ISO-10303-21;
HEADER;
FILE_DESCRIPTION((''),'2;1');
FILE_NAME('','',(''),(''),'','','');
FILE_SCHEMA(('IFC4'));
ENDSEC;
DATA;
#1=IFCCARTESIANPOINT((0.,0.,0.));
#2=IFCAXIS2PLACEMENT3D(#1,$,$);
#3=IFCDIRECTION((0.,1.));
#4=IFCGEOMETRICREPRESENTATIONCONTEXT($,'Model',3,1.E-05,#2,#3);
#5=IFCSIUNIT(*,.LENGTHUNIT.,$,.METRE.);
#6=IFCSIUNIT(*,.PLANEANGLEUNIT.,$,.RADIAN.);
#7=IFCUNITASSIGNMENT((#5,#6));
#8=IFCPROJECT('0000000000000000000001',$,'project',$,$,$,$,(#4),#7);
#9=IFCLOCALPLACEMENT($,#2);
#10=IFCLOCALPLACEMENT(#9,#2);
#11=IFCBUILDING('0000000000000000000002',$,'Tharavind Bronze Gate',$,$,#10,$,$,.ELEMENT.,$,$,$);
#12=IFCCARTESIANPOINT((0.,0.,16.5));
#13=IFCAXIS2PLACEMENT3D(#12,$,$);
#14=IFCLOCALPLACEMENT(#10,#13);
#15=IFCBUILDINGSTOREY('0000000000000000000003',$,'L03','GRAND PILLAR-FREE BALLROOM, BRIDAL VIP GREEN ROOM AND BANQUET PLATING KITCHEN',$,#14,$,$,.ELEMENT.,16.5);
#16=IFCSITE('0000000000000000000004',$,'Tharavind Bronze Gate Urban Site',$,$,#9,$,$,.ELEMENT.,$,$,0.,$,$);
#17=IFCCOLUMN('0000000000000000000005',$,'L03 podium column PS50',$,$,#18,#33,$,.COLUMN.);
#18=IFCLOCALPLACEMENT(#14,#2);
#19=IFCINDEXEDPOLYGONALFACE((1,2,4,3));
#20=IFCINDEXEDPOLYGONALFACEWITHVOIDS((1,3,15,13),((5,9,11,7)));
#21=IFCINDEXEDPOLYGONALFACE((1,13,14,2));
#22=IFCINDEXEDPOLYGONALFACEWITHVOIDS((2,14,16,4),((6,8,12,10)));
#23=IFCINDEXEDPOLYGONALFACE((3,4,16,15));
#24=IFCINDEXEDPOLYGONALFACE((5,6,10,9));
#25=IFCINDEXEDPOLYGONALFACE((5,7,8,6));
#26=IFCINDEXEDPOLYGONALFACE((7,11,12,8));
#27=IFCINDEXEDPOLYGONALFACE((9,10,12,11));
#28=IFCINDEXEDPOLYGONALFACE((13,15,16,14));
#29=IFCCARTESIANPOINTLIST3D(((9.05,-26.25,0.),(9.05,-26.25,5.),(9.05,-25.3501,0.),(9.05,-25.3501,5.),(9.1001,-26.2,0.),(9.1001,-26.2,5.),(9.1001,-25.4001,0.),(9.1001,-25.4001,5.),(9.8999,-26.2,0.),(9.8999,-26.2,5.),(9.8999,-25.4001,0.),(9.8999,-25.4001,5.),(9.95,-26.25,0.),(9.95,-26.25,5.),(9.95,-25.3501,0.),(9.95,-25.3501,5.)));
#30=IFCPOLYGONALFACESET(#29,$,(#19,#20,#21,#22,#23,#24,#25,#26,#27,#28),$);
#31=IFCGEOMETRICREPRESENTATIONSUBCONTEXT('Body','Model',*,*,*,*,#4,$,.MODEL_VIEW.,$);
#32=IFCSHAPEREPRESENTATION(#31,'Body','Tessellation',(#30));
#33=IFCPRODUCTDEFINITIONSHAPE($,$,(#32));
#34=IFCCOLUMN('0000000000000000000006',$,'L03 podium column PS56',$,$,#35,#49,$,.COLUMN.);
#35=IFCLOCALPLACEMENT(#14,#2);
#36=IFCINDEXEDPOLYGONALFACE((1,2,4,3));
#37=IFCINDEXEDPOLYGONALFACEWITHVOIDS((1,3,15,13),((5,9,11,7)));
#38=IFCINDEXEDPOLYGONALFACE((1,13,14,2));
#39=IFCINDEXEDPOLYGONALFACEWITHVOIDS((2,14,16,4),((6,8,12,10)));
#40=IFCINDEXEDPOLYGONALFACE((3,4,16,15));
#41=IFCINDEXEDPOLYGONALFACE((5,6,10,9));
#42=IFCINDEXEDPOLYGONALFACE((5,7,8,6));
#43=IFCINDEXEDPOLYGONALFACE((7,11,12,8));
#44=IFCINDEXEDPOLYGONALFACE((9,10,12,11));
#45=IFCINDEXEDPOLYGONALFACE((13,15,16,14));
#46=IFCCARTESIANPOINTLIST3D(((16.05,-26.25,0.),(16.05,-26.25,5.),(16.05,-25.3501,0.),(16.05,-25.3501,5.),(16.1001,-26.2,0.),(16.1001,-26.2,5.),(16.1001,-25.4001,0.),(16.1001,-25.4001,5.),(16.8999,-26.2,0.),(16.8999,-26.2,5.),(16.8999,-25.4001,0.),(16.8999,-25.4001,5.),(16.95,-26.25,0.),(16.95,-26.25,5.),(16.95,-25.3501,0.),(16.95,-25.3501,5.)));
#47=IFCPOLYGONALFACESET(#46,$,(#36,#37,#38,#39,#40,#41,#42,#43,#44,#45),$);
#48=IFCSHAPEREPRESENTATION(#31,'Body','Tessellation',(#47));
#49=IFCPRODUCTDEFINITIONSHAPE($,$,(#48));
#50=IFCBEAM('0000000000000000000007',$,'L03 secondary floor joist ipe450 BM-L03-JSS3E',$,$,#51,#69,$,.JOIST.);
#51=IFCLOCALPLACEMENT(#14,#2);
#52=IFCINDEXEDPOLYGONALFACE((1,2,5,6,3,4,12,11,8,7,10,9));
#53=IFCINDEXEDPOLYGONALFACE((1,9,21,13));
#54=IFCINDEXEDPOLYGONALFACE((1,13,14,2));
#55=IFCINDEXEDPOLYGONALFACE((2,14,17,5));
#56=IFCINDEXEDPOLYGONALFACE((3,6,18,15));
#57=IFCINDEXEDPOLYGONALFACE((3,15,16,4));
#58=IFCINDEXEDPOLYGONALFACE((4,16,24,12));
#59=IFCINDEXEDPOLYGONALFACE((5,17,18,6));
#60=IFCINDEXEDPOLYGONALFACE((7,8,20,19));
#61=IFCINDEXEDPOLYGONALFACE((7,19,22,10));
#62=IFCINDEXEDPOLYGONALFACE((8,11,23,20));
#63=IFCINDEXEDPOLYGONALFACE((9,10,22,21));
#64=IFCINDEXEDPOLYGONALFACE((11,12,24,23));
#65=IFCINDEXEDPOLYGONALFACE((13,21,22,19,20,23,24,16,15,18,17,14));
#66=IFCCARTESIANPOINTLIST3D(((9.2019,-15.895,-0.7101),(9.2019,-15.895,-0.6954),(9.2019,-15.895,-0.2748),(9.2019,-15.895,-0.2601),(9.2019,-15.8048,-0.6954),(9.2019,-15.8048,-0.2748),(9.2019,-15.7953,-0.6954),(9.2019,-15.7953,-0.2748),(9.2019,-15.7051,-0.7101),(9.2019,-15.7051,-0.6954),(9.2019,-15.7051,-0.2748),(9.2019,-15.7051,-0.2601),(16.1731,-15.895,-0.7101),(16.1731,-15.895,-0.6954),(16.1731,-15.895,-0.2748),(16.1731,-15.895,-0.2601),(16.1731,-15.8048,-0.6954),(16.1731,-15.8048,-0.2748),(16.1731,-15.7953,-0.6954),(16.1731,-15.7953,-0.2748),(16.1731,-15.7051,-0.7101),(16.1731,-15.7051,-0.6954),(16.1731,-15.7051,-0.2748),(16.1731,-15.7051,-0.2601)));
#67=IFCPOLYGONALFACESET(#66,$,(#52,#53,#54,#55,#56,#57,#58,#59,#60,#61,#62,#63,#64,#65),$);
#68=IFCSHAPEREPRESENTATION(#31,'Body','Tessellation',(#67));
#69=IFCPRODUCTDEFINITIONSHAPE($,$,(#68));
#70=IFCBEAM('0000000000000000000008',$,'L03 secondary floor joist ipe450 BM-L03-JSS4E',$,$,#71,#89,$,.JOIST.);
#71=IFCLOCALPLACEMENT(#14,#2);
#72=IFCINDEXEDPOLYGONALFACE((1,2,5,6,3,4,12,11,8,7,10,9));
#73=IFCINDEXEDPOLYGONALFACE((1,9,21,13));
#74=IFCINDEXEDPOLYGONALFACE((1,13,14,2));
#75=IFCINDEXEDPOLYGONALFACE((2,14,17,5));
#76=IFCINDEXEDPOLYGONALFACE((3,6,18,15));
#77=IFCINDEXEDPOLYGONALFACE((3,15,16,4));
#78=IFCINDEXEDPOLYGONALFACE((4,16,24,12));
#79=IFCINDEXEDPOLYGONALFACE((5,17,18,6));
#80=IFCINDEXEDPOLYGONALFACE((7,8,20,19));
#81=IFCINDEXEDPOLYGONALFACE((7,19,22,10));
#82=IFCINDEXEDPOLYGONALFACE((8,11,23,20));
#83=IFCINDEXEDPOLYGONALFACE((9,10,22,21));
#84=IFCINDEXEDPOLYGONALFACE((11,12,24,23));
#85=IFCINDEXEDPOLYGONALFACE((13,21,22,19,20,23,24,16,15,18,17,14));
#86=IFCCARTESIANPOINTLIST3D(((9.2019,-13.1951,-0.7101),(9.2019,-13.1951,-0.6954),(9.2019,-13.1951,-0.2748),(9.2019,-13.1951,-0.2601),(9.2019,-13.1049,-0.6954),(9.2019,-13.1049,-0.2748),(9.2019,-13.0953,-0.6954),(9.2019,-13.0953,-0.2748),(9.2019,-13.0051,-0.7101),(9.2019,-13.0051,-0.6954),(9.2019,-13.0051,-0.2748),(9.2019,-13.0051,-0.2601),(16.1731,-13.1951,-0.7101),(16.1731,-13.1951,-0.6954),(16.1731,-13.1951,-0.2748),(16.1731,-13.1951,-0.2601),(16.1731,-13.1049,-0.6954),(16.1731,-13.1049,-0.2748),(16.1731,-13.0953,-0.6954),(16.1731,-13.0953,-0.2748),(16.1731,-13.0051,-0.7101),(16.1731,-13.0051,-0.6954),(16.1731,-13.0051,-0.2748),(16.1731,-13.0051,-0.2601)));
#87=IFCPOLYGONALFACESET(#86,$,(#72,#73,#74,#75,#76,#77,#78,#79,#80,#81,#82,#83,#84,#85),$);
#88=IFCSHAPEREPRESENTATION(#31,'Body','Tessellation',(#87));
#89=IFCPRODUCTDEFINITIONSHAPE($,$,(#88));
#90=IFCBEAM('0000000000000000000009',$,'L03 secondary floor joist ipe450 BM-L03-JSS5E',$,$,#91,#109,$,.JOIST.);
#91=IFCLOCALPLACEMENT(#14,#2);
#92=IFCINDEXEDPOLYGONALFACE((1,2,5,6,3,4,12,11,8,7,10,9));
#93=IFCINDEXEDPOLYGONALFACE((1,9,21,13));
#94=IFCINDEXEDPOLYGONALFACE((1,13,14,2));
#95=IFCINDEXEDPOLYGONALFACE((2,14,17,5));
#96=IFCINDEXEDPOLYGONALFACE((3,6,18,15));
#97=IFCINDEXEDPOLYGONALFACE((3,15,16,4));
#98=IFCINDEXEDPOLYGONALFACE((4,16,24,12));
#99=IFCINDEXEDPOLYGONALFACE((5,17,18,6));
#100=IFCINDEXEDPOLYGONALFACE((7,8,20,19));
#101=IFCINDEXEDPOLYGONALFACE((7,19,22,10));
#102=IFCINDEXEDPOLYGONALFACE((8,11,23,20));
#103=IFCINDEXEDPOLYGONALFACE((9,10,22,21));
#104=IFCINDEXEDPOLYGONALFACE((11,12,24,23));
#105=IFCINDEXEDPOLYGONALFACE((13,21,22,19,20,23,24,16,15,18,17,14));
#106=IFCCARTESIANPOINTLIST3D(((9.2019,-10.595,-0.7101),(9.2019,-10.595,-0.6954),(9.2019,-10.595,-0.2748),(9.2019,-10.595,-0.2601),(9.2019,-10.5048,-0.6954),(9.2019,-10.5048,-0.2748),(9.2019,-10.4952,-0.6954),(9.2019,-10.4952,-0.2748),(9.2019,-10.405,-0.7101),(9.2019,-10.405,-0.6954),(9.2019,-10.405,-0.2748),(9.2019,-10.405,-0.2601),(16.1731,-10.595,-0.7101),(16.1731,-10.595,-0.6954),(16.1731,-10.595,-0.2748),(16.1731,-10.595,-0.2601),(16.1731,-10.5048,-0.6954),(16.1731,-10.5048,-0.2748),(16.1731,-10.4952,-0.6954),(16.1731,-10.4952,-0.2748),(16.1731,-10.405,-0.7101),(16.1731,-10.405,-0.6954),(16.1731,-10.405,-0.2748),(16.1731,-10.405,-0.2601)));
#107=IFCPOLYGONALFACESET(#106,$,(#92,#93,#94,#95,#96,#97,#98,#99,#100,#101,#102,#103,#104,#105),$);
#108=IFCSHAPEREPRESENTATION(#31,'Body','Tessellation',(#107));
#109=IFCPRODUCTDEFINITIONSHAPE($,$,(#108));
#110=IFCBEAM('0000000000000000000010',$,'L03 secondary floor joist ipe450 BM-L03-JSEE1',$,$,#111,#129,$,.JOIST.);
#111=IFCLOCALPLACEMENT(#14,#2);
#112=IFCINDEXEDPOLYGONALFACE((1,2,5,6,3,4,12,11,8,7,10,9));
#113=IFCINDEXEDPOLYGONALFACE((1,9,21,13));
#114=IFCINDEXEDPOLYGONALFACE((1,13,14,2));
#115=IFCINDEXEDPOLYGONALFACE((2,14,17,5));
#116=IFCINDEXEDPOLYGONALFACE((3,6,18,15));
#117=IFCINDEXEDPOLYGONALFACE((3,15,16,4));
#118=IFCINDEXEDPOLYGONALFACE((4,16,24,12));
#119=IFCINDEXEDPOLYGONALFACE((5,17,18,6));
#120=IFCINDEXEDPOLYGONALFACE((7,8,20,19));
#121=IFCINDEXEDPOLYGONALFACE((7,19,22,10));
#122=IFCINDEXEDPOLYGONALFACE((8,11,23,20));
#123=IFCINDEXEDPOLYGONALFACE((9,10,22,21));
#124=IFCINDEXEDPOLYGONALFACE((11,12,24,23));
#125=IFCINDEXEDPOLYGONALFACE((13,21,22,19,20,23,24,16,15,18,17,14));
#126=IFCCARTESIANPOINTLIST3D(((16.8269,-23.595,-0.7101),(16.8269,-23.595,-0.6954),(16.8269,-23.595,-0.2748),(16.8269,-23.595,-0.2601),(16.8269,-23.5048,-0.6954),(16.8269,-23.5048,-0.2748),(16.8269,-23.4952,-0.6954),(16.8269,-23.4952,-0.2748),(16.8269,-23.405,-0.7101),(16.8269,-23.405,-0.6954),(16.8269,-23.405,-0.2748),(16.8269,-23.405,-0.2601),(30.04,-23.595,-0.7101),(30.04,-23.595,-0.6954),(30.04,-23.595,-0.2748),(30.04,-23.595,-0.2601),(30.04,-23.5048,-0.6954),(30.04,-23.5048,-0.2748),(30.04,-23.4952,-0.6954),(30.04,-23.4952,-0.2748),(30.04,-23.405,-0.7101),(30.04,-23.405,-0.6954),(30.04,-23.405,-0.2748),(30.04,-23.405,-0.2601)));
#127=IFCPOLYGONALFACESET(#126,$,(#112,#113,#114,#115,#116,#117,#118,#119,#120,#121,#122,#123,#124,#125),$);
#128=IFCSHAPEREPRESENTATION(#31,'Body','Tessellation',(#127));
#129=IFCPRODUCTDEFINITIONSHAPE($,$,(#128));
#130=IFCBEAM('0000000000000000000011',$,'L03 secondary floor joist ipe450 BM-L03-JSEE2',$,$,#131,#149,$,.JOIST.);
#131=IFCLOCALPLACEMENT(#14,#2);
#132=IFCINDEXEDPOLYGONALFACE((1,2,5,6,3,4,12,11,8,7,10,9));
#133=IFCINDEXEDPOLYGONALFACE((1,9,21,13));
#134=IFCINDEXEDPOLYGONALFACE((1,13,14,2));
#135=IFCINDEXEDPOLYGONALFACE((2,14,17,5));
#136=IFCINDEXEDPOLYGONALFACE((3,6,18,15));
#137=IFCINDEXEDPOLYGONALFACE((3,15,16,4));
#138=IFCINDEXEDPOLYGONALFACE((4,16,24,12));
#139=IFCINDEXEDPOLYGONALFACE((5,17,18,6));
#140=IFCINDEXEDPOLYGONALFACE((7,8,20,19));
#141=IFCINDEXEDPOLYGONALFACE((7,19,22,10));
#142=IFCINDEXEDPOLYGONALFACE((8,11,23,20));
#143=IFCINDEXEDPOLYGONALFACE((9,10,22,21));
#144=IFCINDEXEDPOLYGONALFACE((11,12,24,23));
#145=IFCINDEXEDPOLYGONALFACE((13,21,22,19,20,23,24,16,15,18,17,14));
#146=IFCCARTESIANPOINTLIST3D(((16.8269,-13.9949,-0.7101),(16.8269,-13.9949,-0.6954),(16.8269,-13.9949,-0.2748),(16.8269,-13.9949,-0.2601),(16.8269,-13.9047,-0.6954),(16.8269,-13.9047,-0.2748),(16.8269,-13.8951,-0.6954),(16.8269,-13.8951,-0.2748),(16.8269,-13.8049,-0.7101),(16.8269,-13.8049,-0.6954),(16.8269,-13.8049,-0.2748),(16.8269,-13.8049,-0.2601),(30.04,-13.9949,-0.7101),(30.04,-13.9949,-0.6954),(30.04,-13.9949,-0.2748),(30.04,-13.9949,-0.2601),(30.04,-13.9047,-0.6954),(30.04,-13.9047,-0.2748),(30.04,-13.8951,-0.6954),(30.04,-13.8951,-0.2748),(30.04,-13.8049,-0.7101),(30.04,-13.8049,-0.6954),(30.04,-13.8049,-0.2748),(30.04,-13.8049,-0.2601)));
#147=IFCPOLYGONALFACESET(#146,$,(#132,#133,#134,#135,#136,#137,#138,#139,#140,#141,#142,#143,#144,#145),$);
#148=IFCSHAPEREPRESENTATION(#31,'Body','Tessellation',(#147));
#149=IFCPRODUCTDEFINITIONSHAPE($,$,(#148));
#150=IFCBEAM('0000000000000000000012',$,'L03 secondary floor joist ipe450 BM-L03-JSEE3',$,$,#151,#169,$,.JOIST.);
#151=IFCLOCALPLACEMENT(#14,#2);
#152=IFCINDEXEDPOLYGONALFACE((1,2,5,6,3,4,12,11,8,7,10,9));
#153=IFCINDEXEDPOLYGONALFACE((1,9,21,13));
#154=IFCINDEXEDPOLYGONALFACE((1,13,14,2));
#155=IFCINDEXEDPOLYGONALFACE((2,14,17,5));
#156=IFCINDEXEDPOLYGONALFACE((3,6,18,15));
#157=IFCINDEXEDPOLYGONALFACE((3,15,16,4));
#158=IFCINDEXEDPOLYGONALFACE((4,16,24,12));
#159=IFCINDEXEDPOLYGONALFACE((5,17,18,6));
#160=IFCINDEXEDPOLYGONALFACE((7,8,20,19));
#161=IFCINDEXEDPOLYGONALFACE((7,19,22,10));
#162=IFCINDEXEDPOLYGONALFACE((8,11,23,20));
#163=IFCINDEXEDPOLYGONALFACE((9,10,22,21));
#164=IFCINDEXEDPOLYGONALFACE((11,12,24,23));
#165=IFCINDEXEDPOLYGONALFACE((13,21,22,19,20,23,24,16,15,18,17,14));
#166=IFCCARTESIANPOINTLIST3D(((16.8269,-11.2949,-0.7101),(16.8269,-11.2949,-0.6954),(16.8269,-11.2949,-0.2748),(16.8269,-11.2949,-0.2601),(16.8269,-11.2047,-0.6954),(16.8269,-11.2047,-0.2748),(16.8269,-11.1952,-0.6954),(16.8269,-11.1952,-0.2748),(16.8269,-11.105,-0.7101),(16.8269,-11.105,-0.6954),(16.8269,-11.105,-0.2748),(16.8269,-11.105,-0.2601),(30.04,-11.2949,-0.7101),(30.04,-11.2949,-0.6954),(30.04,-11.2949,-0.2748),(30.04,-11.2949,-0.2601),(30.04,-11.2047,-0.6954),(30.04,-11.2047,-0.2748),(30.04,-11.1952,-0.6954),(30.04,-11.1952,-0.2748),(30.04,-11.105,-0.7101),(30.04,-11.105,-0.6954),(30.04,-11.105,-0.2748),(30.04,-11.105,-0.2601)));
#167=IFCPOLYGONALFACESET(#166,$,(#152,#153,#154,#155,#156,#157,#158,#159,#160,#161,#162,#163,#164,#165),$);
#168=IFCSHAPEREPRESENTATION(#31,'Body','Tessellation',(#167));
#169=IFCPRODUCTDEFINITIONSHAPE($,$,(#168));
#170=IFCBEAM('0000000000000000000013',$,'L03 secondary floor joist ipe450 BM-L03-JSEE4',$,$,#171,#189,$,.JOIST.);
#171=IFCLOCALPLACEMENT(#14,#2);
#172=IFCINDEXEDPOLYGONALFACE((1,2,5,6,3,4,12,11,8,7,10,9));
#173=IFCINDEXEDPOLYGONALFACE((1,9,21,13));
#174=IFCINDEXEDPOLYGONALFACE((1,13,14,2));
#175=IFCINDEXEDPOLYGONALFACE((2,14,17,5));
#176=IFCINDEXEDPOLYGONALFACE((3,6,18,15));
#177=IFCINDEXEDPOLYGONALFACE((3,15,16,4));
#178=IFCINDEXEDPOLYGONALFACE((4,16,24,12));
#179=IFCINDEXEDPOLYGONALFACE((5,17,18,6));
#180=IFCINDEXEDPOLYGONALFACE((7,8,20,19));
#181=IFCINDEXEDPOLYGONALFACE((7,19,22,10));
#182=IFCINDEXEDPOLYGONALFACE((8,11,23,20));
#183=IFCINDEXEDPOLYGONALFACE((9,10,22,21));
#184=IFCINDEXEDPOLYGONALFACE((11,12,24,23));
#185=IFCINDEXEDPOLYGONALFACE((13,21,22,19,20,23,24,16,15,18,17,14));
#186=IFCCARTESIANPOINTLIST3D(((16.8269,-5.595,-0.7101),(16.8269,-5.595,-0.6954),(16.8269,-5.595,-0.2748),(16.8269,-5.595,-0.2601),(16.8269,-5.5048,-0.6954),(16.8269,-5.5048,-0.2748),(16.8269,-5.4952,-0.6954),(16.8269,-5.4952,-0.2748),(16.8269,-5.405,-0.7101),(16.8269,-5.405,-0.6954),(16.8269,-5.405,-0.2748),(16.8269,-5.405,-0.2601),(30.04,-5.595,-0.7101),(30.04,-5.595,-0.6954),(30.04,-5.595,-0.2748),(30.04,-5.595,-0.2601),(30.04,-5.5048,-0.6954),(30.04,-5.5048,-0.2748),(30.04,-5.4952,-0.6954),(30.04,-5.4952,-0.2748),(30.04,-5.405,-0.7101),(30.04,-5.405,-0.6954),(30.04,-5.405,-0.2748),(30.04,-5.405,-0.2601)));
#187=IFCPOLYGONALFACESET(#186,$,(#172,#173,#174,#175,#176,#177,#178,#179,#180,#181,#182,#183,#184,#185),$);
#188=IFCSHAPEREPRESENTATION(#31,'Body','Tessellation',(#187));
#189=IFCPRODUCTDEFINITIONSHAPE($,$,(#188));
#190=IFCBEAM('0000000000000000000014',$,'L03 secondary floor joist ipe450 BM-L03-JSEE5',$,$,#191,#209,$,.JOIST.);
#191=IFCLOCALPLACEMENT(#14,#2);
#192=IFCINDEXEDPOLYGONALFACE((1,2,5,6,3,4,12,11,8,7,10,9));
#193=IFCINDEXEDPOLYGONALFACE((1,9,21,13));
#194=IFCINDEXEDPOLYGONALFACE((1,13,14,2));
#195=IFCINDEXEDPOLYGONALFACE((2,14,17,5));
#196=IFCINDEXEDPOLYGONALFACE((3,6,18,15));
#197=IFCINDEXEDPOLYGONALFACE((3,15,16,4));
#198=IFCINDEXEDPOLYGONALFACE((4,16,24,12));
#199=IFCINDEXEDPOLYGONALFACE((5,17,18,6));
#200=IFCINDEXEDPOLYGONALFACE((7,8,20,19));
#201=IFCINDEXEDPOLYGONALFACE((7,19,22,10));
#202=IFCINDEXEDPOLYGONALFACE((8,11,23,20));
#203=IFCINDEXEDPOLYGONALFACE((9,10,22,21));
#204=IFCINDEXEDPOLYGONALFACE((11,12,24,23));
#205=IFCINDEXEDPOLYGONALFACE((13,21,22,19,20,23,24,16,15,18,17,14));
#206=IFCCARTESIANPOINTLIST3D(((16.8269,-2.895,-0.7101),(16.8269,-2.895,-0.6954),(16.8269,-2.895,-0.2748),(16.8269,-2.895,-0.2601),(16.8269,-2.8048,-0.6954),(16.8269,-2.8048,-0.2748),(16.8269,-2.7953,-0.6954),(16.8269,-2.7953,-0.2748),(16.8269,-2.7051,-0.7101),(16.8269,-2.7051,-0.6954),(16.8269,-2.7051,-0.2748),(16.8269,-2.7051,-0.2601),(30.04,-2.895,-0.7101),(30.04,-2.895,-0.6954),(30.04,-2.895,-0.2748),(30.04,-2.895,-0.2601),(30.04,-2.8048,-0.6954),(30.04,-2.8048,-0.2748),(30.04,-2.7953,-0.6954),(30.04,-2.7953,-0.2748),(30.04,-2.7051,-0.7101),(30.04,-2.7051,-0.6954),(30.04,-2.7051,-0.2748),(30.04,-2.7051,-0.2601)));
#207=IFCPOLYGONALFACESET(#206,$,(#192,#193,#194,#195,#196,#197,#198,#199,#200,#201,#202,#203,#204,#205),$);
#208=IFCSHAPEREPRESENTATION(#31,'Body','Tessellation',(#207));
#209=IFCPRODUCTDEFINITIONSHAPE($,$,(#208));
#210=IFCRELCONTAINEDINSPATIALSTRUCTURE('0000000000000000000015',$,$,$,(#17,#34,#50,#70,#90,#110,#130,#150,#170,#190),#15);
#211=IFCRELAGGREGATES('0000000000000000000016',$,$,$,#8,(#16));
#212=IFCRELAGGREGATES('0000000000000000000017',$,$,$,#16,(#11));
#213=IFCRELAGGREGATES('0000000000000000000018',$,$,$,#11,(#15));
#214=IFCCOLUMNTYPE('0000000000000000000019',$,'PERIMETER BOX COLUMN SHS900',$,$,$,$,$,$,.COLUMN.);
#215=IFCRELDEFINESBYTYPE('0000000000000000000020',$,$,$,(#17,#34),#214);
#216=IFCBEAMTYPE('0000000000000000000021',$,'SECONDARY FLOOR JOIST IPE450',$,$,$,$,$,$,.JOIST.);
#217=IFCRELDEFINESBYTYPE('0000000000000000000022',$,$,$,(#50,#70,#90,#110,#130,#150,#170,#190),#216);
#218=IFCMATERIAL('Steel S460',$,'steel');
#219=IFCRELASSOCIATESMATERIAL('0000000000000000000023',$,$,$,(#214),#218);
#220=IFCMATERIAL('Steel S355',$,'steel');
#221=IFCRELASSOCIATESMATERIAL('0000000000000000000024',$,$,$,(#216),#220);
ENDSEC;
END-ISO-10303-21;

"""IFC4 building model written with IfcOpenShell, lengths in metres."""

from ifc_helpers import new_model, si_unit, direction, frame, origin, origin_2d, place, context, subcontext, project, spatial, hollow_rectangle, i_section, extrude, material, material_profile, profile_set, type_object, element, save


model = new_model("IFC4")

# Units and contexts
model_context = context("Model", 3, precision=1e-05, world=origin(), true_north=direction((0.0, 1.0)))
body_context = subcontext(model_context, "Body", "Model", "MODEL_VIEW")
ifc_project = project(units=[si_unit("LENGTHUNIT", "METRE"), si_unit("PLANEANGLEUNIT", "RADIAN")], contexts=[model_context])

# Site, building, storey
site_placement = place(None, origin())
site = spatial("IfcSite", under=ifc_project, at=site_placement, Name="Tharavind Bronze Gate Urban Site", CompositionType="ELEMENT", RefElevation=0.0)
building_placement = place(site_placement, origin())
building = spatial("IfcBuilding", under=site, at=building_placement, Name="Tharavind Bronze Gate", CompositionType="ELEMENT")
storey_placement = place(building_placement, frame((0.0, 0.0, 16.5)))
storey = spatial("IfcBuildingStorey", under=building, at=storey_placement, Name="L03", Description="GRAND PILLAR-FREE BALLROOM, BRIDAL VIP GREEN ROOM AND BANQUET PLATING KITCHEN", CompositionType="ELEMENT", Elevation=16.5)

# Columns
ifc_material_1 = material(Name="Steel S460", Category="steel")
ifc_material_profile_1 = material_profile(ifc_material_1, hollow_rectangle(XDim=0.8999, YDim=0.8999, WallThickness=0.05, at=origin_2d()), Name="SHS900X50")
ifc_profile_set_1 = profile_set([ifc_material_profile_1], Name="Steel S460")
column_type = type_object("IfcColumnType", Name="PERIMETER BOX COLUMN SHS900", PredefinedType="COLUMN", material=ifc_profile_set_1)
for number, where, z_axis, x_axis, name in (
    (1, (9.5, -25.8, 0.0), (0.0, 0.0, 1.0), (1.0, 0.0, 0.0), "L03 podium column PS50"),
    (2, (16.5, -25.8, 0.0), (0.0, 0.0, 1.0), (1.0, 0.0, 0.0), "L03 podium column PS56"),
):
    element("IfcColumn", number, at=place(storey_placement, frame(where, z_axis=z_axis, x_axis=x_axis)), inside=storey, type_object=column_type, Name=name, PredefinedType="COLUMN", context=body_context, shape_type="SweptSolid", body=[
        extrude(hollow_rectangle(XDim=0.8999, YDim=0.8999, WallThickness=0.05, at=origin_2d()), origin(), (0.0, 0.0, 1.0), 5.0),
    ])

# Beams
ifc_material_2 = material(Name="Steel S355", Category="steel")
ifc_material_profile_2 = material_profile(ifc_material_2, i_section(OverallWidth=0.1899, OverallDepth=0.45, WebThickness=0.0095, FlangeThickness=0.0146, at=origin_2d()), Name="IPE450")
ifc_profile_set_2 = profile_set([ifc_material_profile_2], Name="Steel S355")
beam_type_1 = type_object("IfcBeamType", Name="SECONDARY FLOOR JOIST IPE450", PredefinedType="JOIST", material=ifc_profile_set_2)
for number, where, z_axis, x_axis, name in (
    (3, (9.2019, -15.8, -0.4851), (1.0, 0.0, 0.0), (0.0, 1.0, 0.0), "L03 secondary floor joist ipe450 BM-L03-JSS3E"),
    (4, (9.2019, -13.1001, -0.4851), (1.0, 0.0, 0.0), (0.0, 1.0, 0.0), "L03 secondary floor joist ipe450 BM-L03-JSS4E"),
    (5, (9.2019, -10.5, -0.4851), (1.0, 0.0, 0.0), (0.0, 1.0, 0.0), "L03 secondary floor joist ipe450 BM-L03-JSS5E"),
):
    element("IfcBeam", number, at=place(storey_placement, frame(where, z_axis=z_axis, x_axis=x_axis)), inside=storey, type_object=beam_type_1, Name=name, PredefinedType="JOIST", context=body_context, shape_type="SweptSolid", body=[
        extrude(i_section(OverallWidth=0.1899, OverallDepth=0.45, WebThickness=0.0095, FlangeThickness=0.0146, at=origin_2d()), origin(), (0.0, 0.0, 1.0), 6.9712),
    ])
for number, where, z_axis, x_axis, name in (
    (6, (16.8269, -23.5, -0.4851), (1.0, 0.0, 0.0), (0.0, 1.0, 0.0), "L03 secondary floor joist ipe450 BM-L03-JSEE1"),
    (7, (16.8269, -13.8999, -0.4851), (1.0, 0.0, 0.0), (0.0, 1.0, 0.0), "L03 secondary floor joist ipe450 BM-L03-JSEE2"),
    (8, (16.8269, -11.2, -0.4851), (1.0, 0.0, 0.0), (0.0, 1.0, 0.0), "L03 secondary floor joist ipe450 BM-L03-JSEE3"),
    (9, (16.8269, -5.5, -0.4851), (1.0, 0.0, 0.0), (0.0, 1.0, 0.0), "L03 secondary floor joist ipe450 BM-L03-JSEE4"),
    (10, (16.8269, -2.8, -0.4851), (1.0, 0.0, 0.0), (0.0, 1.0, 0.0), "L03 secondary floor joist ipe450 BM-L03-JSEE5"),
):
    element("IfcBeam", number, at=place(storey_placement, frame(where, z_axis=z_axis, x_axis=x_axis)), inside=storey, type_object=beam_type_1, Name=name, PredefinedType="JOIST", context=body_context, shape_type="SweptSolid", body=[
        extrude(i_section(OverallWidth=0.1899, OverallDepth=0.45, WebThickness=0.0095, FlangeThickness=0.0146, at=origin_2d()), origin(), (0.0, 0.0, 1.0), 13.2131),
    ])

save(model, "model.ifc")
